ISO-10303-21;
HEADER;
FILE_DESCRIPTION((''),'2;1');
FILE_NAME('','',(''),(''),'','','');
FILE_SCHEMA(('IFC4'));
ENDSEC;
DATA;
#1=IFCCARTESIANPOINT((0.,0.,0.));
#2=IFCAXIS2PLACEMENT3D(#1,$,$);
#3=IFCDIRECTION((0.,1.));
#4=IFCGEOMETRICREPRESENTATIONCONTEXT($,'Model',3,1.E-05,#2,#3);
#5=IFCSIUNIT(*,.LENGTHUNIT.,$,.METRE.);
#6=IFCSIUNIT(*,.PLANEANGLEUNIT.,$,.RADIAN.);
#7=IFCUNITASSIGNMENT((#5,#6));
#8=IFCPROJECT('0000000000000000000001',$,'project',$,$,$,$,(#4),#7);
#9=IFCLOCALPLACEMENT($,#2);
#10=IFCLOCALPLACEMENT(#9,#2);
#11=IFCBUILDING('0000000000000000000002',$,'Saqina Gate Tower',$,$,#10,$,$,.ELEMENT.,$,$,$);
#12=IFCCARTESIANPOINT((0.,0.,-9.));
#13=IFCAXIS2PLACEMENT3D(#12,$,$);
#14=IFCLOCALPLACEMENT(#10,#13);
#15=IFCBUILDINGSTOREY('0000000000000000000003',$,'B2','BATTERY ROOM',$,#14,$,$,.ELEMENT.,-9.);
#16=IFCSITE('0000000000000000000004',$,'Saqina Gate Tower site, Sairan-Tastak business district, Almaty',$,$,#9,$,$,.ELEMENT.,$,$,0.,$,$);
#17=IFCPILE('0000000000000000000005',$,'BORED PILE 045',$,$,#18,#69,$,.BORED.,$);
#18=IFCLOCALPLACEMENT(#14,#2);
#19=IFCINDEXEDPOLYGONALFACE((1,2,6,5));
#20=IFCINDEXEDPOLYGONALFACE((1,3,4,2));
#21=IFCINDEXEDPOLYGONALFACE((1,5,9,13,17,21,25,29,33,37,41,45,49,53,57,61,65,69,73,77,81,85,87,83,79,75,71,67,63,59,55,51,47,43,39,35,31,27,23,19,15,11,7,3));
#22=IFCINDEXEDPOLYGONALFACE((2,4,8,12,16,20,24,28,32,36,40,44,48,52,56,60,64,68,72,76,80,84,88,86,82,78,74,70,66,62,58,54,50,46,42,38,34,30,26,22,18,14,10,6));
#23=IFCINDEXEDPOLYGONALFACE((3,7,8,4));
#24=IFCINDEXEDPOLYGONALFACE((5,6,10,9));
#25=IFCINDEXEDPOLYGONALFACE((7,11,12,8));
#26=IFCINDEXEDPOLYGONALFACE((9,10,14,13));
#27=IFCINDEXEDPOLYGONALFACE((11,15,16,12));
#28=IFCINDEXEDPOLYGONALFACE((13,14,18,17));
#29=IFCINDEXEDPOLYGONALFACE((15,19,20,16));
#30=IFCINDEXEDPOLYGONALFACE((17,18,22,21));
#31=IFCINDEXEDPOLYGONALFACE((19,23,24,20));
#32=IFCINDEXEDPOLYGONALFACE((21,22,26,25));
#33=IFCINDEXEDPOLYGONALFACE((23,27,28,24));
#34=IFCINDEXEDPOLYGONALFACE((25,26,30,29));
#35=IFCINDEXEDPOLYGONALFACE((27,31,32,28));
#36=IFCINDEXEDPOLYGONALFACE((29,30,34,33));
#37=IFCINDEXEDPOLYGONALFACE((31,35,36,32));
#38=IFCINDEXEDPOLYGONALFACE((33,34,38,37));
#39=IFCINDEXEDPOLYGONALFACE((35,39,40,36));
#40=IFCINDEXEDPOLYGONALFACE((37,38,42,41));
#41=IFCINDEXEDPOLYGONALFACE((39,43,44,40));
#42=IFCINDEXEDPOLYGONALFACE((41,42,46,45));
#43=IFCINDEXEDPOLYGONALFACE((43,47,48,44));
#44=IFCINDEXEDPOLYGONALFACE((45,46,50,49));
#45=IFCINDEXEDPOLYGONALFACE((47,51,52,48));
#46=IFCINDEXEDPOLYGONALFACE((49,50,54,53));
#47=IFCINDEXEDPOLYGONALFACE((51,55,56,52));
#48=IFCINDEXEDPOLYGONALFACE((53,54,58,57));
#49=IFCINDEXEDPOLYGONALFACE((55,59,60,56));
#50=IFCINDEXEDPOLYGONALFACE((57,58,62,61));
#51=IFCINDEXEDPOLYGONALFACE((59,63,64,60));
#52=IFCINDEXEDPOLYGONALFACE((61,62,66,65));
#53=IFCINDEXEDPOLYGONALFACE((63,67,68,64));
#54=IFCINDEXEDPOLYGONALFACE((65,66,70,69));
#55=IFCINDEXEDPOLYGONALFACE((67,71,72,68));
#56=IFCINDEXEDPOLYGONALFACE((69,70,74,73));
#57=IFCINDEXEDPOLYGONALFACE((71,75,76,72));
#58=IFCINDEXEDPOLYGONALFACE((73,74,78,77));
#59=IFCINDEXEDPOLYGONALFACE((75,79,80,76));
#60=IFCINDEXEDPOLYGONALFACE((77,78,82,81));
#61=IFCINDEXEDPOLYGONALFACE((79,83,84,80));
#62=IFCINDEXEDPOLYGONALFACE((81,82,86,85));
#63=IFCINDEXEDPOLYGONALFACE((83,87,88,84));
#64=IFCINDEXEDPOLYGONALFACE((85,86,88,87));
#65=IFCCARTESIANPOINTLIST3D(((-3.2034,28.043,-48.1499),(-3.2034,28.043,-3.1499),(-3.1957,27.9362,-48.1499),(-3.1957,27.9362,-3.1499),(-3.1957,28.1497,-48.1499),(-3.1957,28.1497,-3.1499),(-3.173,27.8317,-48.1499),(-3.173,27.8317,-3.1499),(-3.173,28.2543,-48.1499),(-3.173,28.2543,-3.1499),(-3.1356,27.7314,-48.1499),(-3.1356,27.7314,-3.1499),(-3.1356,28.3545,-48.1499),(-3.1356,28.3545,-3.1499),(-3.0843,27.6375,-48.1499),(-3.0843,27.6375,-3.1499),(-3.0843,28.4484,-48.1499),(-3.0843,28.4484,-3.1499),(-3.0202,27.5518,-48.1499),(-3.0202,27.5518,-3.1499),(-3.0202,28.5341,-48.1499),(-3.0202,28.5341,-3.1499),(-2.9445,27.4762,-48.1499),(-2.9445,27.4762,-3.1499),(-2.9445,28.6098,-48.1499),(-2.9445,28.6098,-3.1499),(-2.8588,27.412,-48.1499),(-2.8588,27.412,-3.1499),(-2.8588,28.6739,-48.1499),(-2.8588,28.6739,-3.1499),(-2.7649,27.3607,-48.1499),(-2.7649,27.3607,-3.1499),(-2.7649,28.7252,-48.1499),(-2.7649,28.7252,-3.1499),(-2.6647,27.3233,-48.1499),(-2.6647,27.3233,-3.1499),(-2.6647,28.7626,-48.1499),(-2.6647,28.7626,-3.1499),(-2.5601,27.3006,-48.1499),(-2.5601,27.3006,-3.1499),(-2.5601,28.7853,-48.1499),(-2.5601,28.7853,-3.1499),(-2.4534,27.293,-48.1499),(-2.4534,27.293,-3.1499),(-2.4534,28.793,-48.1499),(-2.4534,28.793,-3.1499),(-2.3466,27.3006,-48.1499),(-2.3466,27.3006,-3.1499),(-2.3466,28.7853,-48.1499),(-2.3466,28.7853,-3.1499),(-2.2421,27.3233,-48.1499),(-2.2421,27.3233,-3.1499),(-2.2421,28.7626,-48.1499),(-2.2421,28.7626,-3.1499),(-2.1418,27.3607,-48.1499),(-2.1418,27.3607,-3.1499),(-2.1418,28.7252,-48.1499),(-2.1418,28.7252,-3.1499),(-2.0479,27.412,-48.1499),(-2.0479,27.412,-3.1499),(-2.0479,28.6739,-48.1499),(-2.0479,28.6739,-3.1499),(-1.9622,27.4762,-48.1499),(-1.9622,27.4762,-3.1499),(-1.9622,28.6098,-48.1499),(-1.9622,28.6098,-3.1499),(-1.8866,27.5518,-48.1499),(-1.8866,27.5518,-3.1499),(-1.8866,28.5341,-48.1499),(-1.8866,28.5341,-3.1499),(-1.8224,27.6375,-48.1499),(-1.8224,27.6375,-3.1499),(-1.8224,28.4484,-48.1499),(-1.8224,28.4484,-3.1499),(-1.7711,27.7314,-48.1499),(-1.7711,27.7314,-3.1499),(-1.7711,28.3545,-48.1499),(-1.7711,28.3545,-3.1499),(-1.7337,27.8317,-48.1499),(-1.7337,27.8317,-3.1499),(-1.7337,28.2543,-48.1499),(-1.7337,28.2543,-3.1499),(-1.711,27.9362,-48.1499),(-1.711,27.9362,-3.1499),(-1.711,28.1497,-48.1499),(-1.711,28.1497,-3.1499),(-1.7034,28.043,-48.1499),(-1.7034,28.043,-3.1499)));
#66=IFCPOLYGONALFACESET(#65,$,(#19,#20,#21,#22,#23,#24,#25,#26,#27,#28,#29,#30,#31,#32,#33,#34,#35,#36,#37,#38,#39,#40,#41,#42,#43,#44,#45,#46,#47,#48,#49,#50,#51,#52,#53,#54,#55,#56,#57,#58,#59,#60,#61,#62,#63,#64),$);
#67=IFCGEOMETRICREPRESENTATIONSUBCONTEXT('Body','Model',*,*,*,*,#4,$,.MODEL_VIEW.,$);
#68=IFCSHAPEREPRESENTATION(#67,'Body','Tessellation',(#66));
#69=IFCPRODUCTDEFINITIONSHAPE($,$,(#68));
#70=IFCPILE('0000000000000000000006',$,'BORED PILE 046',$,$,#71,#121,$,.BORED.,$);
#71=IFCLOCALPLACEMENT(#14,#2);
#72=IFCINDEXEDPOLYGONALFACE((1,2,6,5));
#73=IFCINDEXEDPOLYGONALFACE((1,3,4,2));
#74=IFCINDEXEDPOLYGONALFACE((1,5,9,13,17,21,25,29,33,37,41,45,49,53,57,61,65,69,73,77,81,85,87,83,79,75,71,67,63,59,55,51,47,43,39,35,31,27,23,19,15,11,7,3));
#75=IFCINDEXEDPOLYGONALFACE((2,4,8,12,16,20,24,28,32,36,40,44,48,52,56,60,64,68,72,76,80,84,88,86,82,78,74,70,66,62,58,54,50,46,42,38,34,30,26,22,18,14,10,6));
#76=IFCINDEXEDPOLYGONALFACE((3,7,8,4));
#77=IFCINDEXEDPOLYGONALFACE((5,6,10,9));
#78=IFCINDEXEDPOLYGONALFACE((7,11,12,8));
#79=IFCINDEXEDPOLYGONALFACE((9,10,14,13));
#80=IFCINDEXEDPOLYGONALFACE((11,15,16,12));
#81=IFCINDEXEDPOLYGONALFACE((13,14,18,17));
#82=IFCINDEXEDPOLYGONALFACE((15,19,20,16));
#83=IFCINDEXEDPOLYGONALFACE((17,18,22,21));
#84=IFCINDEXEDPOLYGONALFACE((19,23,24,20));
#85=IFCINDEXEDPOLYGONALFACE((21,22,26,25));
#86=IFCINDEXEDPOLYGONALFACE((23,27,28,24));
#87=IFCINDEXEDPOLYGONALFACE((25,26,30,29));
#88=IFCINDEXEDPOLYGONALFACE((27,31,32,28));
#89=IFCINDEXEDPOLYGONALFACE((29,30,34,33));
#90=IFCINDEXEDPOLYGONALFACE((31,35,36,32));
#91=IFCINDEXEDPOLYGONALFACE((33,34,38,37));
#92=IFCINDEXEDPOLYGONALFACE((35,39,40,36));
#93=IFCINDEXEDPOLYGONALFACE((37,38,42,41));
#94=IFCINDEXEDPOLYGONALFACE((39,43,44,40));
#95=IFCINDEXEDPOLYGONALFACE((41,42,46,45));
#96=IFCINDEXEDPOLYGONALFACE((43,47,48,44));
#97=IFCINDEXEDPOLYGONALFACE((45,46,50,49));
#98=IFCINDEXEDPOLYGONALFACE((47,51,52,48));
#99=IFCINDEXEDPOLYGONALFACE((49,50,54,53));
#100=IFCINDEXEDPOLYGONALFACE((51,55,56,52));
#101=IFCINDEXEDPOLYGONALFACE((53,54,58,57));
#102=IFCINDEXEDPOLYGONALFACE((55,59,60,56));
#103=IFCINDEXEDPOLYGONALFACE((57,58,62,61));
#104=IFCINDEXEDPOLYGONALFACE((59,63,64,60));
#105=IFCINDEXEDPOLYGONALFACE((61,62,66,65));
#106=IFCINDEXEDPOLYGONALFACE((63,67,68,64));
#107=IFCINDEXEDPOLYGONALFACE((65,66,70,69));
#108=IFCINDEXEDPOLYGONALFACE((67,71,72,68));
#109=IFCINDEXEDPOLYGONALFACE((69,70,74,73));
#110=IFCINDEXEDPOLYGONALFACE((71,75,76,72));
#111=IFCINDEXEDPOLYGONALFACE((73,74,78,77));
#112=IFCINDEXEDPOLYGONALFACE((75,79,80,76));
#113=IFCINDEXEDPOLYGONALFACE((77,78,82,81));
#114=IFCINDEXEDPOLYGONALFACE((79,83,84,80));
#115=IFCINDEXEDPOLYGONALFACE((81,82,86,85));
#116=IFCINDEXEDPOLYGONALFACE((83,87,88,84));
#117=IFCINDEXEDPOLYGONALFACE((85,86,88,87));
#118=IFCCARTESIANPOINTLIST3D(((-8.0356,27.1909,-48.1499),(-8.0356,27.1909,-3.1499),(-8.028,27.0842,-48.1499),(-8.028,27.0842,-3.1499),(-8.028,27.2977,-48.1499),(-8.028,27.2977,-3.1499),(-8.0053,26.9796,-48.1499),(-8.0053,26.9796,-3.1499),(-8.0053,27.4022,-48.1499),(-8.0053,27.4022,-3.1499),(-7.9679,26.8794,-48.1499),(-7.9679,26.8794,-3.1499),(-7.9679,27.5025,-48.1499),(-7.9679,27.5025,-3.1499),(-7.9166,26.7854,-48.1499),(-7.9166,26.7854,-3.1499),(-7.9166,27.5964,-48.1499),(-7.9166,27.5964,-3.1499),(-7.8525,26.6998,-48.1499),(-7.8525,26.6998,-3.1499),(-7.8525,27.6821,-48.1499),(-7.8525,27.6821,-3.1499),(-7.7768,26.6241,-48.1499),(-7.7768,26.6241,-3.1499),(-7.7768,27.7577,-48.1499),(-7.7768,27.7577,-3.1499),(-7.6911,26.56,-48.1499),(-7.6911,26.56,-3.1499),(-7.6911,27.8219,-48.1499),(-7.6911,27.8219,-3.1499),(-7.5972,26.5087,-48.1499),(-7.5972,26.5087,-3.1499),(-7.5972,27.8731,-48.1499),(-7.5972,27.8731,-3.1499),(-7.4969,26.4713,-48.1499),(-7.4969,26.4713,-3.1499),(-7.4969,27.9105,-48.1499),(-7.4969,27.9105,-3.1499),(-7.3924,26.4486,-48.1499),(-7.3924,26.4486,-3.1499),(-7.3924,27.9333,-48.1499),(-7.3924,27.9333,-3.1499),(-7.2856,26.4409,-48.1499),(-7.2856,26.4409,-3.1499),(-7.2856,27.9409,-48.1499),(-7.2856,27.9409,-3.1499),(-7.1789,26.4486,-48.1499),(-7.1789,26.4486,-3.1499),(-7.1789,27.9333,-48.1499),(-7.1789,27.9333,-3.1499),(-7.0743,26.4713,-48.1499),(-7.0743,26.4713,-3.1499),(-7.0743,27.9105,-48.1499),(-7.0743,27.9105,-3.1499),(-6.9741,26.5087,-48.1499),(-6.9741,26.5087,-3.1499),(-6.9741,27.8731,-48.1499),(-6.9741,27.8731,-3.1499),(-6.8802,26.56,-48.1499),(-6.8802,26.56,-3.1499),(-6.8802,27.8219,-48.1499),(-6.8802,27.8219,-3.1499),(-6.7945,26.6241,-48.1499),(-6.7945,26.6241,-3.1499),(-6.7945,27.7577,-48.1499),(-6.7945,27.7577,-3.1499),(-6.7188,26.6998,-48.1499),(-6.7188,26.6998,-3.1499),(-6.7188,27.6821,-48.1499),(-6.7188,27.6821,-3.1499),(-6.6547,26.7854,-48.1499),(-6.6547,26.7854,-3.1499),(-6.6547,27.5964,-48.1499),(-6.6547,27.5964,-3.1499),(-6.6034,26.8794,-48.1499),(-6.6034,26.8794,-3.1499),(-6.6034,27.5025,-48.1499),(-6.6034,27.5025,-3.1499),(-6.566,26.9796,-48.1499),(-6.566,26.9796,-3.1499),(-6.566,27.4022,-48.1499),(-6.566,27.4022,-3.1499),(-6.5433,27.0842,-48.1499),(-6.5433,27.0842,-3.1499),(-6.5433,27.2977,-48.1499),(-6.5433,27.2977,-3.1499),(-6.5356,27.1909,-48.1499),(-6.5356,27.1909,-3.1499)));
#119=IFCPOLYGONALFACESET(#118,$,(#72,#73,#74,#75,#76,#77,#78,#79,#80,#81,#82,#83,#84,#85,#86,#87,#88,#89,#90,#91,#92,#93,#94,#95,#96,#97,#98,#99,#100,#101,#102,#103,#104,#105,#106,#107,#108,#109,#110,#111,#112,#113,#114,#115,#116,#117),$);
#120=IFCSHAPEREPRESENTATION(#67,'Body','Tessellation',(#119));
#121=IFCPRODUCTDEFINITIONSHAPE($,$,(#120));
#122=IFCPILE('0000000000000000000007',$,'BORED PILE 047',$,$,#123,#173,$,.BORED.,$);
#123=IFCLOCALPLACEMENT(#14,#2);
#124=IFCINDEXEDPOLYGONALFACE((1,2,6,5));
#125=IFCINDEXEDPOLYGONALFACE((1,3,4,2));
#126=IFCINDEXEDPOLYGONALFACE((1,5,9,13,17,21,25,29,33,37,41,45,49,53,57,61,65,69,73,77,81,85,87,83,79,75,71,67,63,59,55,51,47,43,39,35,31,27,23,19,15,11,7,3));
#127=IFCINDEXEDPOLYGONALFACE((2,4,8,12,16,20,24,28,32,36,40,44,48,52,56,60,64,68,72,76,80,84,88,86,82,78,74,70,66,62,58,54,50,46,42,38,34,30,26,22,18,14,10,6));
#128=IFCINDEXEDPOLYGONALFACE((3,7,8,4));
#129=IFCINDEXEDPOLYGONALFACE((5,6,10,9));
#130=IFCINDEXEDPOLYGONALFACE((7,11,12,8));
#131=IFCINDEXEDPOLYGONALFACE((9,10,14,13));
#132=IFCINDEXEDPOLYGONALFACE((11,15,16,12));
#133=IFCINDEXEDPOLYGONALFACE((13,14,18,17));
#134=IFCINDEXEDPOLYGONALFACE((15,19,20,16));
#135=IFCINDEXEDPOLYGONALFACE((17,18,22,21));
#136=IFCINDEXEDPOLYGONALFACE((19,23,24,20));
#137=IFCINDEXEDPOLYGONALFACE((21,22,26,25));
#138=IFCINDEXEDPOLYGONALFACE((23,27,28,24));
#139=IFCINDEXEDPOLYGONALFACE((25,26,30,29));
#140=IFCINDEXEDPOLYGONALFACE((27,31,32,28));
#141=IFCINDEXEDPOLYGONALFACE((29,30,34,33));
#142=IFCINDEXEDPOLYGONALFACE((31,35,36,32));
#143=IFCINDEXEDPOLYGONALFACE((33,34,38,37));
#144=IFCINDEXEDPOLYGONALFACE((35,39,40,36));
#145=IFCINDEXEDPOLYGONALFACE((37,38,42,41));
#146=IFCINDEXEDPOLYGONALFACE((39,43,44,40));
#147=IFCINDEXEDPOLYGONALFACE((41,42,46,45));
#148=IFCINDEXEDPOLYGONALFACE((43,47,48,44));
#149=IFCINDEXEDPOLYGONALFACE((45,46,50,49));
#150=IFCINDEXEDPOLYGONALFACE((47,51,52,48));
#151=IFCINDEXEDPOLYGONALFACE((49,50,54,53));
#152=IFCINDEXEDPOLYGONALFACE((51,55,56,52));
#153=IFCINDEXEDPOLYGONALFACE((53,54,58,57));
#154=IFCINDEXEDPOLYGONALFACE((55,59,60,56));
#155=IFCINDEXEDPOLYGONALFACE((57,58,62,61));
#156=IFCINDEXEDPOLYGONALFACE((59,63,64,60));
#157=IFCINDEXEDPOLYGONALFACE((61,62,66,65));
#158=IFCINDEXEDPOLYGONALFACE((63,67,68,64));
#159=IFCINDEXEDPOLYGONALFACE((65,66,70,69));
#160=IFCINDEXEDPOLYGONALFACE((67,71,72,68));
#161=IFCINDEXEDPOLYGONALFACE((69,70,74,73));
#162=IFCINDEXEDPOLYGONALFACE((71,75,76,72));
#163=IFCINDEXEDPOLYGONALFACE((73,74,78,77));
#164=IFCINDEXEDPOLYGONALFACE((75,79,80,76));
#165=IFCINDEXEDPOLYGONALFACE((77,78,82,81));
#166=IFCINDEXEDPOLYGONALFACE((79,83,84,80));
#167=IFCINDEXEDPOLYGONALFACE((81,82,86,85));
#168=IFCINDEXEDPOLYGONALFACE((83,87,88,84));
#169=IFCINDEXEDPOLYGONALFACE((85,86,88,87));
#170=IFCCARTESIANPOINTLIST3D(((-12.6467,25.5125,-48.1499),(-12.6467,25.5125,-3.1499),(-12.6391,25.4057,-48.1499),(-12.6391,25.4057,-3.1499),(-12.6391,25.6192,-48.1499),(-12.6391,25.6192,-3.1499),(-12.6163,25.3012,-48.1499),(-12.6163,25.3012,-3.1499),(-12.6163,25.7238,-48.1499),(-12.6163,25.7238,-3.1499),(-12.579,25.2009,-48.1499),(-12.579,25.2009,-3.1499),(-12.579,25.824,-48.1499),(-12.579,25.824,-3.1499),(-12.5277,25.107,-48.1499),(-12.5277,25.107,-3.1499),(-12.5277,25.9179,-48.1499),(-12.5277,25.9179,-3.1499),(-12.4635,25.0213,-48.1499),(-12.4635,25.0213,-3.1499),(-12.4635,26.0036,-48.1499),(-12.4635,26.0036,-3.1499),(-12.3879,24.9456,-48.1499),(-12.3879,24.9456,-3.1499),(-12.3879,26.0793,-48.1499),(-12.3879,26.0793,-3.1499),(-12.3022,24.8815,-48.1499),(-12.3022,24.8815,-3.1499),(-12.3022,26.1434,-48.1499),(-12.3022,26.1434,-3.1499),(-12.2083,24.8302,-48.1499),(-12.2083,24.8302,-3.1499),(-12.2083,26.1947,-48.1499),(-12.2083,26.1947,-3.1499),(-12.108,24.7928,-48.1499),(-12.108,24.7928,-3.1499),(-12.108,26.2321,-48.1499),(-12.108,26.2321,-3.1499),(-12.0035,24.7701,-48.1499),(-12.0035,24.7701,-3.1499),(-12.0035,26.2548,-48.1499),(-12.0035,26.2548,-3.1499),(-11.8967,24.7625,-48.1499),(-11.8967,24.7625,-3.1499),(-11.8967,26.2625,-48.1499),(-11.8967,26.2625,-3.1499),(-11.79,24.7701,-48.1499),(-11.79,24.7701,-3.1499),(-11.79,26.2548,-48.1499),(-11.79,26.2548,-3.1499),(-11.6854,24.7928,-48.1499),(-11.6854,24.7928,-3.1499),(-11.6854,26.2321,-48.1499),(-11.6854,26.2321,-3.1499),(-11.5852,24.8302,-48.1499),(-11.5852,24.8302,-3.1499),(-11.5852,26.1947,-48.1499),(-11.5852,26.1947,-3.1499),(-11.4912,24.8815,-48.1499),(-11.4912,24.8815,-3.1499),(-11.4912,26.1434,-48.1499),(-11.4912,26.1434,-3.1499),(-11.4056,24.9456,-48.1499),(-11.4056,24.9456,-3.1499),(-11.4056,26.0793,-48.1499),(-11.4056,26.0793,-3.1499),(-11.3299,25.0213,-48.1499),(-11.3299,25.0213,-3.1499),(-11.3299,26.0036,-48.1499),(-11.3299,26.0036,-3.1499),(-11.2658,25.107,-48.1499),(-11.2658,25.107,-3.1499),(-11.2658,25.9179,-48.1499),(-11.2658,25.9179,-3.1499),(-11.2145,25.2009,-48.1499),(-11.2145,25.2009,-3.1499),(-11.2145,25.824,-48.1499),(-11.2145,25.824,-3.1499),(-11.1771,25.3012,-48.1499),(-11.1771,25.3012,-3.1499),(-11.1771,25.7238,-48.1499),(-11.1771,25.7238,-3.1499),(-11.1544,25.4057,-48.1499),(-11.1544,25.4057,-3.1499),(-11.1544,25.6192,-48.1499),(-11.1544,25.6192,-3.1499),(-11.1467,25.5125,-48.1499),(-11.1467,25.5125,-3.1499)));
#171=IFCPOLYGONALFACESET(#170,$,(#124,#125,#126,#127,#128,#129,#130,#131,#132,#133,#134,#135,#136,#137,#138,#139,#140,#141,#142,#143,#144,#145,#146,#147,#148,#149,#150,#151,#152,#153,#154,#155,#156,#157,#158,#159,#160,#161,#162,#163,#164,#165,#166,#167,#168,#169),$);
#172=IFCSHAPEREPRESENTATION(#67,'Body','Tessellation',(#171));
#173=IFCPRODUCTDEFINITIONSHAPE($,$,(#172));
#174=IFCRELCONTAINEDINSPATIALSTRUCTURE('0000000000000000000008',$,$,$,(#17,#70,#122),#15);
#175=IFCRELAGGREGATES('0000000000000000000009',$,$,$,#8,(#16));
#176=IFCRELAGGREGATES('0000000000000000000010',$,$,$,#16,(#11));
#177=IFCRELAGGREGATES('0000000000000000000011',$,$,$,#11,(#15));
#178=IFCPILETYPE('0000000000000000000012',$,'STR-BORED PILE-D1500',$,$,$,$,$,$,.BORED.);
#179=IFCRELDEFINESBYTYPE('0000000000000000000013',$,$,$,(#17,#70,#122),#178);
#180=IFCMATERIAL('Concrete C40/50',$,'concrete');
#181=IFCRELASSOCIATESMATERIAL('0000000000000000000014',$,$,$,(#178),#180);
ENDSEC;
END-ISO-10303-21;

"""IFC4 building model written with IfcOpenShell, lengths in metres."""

from ifc_helpers import new_model, si_unit, direction, frame, origin, origin_2d, place, context, subcontext, project, spatial, circle, extrude, material, material_profile, profile_set, type_object, element, save


model = new_model("IFC4")

# Units and contexts
model_context = context("Model", 3, precision=1e-05, world=origin(), true_north=direction((0.0, 1.0)))
body_context = subcontext(model_context, "Body", "Model", "MODEL_VIEW")
ifc_project = project(units=[si_unit("LENGTHUNIT", "METRE"), si_unit("PLANEANGLEUNIT", "RADIAN")], contexts=[model_context])

# Site, building, storey
site_placement = place(None, origin())
site = spatial("IfcSite", under=ifc_project, at=site_placement, Name="Saqina Gate Tower site, Sairan-Tastak business district, Almaty", CompositionType="ELEMENT", RefElevation=0.0)
building_placement = place(site_placement, origin())
building = spatial("IfcBuilding", under=site, at=building_placement, Name="Saqina Gate Tower", CompositionType="ELEMENT")
storey_placement = place(building_placement, frame((0.0, 0.0, -9.0)))
storey = spatial("IfcBuildingStorey", under=building, at=storey_placement, Name="B2", Description="BATTERY ROOM", CompositionType="ELEMENT", Elevation=-9.0)

# Piles
ifc_material_1 = material(Name="Concrete C40/50", Category="concrete")
ifc_material_profile_1 = material_profile(ifc_material_1, circle(Radius=0.75, at=origin_2d()), Name="RC D1500")
ifc_profile_set_1 = profile_set([ifc_material_profile_1], Name="Concrete C40/50")
pile_type = type_object("IfcPileType", Name="STR-BORED PILE-D1500", PredefinedType="BORED", material=ifc_profile_set_1)
for number, where, z_axis, x_axis, name in (
    (1, (-2.4534, 28.043, -3.1499), (0.0, 0.0, -1.0), (1.0, 0.0, 0.0), "BORED PILE 045"),
    (2, (-7.2856, 27.1909, -3.1499), (0.0, 0.0, -1.0), (1.0, 0.0, 0.0), "BORED PILE 046"),
    (3, (-11.8967, 25.5125, -3.1499), (0.0, 0.0, -1.0), (1.0, 0.0, 0.0), "BORED PILE 047"),
):
    element("IfcPile", number, at=place(storey_placement, frame(where, z_axis=z_axis, x_axis=x_axis)), inside=storey, type_object=pile_type, Name=name, PredefinedType="BORED", context=body_context, shape_type="SweptSolid", body=[
        extrude(circle(Radius=0.75, at=origin_2d()), origin(), (0.0, 0.0, 1.0), 45.0),
    ])

save(model, "model.ifc")
